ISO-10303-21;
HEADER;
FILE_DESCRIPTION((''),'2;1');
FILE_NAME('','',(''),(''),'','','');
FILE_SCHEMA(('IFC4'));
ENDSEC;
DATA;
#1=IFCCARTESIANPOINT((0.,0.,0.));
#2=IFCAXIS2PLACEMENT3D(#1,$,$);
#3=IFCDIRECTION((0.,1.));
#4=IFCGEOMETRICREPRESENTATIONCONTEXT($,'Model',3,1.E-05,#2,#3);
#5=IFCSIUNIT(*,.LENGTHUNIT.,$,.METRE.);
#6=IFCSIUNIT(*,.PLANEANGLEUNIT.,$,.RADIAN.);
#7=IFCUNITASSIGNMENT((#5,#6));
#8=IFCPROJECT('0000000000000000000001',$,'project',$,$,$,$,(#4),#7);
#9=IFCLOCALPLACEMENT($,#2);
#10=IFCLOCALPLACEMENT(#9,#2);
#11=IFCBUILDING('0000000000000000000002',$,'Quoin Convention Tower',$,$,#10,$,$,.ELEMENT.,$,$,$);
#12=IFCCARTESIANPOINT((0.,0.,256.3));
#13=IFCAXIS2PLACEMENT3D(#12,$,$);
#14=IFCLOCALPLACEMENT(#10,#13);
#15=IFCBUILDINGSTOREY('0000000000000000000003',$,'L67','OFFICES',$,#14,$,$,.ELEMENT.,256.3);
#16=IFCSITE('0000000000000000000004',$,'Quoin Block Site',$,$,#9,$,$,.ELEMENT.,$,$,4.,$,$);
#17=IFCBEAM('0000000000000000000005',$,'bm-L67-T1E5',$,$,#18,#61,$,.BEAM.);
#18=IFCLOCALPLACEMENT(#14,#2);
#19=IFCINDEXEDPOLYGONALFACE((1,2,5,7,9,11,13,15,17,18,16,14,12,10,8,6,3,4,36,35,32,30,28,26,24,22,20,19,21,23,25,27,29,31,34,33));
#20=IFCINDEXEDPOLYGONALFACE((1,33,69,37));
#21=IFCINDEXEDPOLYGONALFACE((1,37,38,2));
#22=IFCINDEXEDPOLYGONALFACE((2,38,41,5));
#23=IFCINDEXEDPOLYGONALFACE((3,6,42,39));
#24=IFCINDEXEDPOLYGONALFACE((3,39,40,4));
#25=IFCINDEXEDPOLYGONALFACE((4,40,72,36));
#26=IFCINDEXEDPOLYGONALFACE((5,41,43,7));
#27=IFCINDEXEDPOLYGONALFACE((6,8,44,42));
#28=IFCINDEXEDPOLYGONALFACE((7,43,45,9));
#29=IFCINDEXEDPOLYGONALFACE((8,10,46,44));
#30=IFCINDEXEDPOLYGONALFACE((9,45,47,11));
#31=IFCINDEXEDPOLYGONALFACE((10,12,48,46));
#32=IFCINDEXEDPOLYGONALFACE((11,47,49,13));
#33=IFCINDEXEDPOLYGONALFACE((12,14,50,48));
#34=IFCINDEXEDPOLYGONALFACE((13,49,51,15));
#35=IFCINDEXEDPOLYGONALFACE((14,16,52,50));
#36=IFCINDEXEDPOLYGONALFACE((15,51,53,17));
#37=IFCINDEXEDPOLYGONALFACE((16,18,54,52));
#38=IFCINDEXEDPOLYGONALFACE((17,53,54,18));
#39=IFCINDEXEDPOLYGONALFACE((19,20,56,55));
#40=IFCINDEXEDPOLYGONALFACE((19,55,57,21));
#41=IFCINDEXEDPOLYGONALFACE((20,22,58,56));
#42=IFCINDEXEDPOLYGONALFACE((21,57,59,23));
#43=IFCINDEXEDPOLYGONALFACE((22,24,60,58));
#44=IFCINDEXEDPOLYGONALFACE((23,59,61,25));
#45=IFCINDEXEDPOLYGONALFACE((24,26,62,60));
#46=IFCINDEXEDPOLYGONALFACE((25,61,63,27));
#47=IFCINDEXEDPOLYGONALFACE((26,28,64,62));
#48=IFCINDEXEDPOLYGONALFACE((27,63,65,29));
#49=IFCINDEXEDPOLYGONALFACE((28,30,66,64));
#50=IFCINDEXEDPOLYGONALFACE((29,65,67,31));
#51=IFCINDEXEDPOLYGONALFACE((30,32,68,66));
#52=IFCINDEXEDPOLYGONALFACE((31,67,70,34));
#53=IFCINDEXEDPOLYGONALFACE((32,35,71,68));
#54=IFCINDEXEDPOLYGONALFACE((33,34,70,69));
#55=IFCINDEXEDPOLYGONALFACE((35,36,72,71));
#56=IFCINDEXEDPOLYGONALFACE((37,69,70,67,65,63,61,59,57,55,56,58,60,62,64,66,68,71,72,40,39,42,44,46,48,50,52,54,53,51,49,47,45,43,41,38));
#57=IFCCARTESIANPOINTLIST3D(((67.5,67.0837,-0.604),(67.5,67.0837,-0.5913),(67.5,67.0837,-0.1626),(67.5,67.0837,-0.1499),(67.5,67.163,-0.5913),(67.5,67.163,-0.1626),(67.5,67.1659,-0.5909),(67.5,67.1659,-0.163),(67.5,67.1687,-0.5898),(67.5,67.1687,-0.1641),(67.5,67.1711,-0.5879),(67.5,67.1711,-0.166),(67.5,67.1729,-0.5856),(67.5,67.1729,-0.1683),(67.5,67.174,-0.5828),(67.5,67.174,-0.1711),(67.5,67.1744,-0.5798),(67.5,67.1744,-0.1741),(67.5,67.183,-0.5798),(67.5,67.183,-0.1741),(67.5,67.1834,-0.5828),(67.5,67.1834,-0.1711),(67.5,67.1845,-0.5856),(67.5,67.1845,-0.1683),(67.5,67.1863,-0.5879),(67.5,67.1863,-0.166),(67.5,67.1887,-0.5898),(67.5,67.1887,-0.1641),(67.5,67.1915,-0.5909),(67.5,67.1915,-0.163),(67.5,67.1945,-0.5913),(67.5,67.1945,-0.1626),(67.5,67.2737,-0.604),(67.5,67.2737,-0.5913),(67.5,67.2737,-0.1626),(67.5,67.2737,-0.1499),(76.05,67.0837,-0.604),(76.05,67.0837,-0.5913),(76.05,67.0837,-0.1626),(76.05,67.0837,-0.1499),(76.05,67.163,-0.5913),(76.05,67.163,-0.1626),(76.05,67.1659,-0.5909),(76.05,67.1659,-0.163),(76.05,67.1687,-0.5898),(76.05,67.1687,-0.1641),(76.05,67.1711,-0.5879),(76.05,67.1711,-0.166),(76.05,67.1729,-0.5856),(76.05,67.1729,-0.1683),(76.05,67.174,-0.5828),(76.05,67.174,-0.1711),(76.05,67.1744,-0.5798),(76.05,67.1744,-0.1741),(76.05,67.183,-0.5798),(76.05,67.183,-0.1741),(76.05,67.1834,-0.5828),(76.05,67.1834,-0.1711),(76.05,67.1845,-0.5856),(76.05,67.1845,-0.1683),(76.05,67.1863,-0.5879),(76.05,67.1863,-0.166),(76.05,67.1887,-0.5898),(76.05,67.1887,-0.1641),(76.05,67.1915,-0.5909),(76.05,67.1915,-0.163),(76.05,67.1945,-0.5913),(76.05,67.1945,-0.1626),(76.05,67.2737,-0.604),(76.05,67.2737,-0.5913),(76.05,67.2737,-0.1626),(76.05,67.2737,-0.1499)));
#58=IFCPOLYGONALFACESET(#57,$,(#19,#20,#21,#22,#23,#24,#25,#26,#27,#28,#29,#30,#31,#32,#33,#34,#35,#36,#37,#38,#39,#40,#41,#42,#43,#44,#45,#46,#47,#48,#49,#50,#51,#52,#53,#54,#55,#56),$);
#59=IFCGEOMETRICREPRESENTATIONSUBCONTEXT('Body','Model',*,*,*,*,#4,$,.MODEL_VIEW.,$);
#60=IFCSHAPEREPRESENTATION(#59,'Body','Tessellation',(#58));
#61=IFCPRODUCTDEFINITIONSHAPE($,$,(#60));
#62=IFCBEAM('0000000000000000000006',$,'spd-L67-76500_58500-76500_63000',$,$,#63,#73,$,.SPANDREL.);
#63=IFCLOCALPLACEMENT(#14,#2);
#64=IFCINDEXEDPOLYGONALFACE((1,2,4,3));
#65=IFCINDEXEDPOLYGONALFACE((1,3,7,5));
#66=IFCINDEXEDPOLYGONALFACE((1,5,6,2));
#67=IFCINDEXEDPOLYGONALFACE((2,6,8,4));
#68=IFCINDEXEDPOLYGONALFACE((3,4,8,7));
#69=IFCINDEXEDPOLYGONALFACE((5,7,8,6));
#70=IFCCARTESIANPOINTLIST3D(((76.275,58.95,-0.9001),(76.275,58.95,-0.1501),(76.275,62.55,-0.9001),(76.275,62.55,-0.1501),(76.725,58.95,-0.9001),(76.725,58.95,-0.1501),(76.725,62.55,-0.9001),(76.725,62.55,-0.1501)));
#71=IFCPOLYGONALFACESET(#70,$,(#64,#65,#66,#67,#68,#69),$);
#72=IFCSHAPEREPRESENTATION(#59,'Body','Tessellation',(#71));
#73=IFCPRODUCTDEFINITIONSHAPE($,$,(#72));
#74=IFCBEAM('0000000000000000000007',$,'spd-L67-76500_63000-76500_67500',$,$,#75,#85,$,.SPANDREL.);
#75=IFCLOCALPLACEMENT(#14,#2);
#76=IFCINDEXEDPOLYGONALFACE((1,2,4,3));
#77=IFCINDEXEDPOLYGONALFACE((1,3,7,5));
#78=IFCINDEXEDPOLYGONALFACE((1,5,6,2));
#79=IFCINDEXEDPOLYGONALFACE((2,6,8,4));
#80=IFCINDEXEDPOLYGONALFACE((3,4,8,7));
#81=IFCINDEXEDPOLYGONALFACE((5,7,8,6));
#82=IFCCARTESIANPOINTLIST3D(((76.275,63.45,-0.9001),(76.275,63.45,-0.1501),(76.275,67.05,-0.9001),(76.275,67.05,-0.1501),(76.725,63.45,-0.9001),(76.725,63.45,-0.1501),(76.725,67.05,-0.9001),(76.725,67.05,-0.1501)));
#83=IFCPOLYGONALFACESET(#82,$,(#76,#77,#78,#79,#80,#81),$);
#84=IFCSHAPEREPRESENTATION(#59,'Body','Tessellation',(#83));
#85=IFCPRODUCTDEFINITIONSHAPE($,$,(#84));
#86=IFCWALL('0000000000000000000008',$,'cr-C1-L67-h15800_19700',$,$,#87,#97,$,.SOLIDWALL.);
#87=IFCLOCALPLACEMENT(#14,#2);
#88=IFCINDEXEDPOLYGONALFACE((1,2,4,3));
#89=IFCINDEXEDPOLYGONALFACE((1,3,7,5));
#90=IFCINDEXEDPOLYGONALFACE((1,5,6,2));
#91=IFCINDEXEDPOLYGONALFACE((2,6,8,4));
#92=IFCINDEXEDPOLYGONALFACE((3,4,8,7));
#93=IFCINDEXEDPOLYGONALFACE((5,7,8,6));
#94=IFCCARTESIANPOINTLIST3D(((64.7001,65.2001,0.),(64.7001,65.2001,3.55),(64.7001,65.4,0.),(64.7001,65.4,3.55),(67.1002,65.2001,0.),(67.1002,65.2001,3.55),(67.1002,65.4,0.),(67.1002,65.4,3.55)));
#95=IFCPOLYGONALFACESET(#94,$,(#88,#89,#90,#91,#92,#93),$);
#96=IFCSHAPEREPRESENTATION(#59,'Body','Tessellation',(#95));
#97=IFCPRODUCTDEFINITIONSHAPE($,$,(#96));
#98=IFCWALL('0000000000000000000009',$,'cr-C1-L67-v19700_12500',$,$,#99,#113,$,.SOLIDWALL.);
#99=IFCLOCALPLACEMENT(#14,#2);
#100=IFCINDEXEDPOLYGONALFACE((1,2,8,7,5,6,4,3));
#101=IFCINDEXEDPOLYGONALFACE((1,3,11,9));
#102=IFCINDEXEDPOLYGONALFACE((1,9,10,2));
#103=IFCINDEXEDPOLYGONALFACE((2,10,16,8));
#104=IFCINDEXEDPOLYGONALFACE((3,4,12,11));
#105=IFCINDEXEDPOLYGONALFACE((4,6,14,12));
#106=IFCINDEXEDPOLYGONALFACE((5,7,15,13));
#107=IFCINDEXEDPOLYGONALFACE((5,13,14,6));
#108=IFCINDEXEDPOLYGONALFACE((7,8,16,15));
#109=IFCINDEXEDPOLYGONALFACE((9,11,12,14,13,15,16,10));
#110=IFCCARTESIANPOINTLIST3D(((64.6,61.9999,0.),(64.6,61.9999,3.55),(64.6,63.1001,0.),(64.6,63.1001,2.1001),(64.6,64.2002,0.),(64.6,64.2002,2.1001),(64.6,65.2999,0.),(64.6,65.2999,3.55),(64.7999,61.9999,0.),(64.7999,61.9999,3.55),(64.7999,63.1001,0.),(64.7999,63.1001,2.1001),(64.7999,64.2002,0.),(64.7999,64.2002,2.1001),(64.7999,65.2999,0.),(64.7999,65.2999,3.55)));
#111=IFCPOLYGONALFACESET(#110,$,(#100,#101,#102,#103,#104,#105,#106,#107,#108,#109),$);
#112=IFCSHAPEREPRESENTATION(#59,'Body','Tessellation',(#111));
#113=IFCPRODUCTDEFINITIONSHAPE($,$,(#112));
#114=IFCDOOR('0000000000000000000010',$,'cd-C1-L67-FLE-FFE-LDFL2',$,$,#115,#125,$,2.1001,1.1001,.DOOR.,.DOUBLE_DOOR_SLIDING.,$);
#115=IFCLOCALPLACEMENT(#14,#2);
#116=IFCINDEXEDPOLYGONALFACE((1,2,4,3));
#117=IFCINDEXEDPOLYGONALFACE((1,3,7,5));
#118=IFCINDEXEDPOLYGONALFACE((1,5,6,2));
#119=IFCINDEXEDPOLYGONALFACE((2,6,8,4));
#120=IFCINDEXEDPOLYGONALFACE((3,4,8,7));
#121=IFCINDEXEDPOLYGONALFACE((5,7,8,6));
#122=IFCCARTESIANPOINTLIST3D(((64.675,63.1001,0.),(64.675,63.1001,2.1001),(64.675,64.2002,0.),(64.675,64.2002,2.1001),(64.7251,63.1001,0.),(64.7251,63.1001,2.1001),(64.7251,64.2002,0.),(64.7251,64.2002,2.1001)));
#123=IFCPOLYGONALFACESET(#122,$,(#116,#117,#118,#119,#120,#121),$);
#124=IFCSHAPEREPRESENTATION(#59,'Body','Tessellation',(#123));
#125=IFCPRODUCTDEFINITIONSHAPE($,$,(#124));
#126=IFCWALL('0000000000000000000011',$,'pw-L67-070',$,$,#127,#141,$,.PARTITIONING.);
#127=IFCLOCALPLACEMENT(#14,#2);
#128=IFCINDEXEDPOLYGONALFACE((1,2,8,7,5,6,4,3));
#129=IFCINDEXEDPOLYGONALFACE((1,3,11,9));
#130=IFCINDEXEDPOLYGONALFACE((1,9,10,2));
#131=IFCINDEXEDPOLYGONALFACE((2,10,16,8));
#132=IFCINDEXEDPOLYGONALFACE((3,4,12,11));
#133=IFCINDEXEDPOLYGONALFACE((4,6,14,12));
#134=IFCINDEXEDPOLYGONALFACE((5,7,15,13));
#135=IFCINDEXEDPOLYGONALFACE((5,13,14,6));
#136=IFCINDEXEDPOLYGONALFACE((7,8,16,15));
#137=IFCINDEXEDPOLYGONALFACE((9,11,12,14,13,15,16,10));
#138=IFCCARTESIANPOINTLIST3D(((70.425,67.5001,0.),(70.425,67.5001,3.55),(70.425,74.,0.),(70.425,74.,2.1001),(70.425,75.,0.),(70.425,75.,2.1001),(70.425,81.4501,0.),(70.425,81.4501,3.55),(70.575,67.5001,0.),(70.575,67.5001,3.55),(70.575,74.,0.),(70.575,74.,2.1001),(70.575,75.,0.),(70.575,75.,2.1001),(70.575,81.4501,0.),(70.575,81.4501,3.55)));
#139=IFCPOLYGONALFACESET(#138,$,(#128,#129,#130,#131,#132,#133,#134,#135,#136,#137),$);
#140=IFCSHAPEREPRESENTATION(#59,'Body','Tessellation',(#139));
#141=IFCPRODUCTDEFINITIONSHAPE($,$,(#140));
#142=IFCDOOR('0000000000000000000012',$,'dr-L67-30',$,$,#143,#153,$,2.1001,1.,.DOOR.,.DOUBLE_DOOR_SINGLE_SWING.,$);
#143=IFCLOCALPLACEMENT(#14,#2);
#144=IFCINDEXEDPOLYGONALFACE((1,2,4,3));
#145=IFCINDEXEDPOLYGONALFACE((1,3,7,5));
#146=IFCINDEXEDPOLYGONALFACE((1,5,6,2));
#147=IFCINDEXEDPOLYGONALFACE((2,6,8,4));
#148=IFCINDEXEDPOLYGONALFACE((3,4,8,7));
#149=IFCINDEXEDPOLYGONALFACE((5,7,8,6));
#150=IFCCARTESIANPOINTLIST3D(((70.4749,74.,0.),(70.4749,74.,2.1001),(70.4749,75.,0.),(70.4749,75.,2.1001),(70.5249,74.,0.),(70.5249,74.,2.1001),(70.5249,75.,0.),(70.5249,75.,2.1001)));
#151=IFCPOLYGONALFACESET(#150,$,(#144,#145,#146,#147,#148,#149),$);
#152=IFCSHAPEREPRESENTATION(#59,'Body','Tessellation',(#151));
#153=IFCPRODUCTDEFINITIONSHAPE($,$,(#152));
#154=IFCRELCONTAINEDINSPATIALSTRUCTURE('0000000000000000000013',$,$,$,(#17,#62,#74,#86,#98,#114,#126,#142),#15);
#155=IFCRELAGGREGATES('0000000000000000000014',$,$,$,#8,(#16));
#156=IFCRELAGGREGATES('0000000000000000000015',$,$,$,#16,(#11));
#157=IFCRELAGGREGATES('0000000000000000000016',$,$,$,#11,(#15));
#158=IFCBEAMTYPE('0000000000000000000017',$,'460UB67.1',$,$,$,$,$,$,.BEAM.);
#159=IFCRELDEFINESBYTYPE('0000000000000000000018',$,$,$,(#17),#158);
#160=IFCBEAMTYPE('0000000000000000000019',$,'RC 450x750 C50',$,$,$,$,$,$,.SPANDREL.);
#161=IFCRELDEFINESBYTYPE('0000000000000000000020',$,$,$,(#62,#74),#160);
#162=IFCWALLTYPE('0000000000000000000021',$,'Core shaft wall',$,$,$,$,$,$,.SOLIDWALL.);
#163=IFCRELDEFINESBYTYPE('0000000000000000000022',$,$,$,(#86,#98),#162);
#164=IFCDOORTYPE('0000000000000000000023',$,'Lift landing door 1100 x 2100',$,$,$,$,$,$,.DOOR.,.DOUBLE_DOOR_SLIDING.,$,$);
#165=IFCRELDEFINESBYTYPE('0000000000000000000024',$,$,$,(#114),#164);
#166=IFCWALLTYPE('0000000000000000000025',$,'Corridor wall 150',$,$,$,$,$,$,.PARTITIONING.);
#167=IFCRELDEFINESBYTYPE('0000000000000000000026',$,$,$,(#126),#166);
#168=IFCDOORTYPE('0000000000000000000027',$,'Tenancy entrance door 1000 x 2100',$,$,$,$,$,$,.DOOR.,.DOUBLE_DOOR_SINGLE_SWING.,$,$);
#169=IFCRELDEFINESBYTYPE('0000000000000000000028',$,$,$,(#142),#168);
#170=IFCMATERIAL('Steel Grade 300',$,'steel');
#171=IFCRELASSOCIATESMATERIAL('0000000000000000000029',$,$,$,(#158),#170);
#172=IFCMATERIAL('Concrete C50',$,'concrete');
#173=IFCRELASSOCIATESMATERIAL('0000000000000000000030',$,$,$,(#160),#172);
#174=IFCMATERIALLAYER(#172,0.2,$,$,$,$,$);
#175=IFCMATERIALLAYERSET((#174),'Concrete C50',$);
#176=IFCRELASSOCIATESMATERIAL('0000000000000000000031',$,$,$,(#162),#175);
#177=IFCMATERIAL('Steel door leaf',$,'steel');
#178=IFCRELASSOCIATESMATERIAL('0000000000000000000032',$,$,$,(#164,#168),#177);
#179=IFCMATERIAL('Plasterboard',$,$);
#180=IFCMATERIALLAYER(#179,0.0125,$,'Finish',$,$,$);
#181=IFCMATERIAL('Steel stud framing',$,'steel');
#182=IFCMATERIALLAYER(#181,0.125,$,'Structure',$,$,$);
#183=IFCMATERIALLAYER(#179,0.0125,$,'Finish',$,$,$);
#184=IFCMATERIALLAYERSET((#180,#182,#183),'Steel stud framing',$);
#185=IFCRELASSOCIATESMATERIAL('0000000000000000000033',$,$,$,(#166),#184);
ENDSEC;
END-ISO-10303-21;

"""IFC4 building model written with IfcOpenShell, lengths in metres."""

from ifc_helpers import new_model, si_unit, direction, frame, frame_2d, origin, origin_2d, place, context, subcontext, project, spatial, rectangle, i_section, extrude, material, layer, layer_set, material_profile, profile_set, type_object, element, fill, save


model = new_model("IFC4")

# Units and contexts
model_context = context("Model", 3, precision=1e-05, world=origin(), true_north=direction((0.0, 1.0)))
body_context = subcontext(model_context, "Body", "Model", "MODEL_VIEW")
ifc_project = project(units=[si_unit("LENGTHUNIT", "METRE"), si_unit("PLANEANGLEUNIT", "RADIAN")], contexts=[model_context])

# Site, building, storey
site_placement = place(None, origin())
site = spatial("IfcSite", under=ifc_project, at=site_placement, Name="Quoin Block Site", CompositionType="ELEMENT", RefElevation=4.0)
building_placement = place(site_placement, origin())
building = spatial("IfcBuilding", under=site, at=building_placement, Name="Quoin Convention Tower", CompositionType="ELEMENT")
storey_placement = place(building_placement, frame((0.0, 0.0, 256.3)))
storey = spatial("IfcBuildingStorey", under=building, at=storey_placement, Name="L67", Description="OFFICES", CompositionType="ELEMENT", Elevation=256.3)

# Shared definitions
ifc_material_1 = material(Name="Concrete C50", Category="concrete")

# Beams
ifc_material_2 = material(Name="Steel Grade 300", Category="steel")
ifc_material_profile_1 = material_profile(ifc_material_2, i_section(OverallWidth=0.1899, OverallDepth=0.4541, WebThickness=0.0085, FlangeThickness=0.0127, FilletRadius=0.0115, at=origin_2d()), Name="460UB67.1")
ifc_profile_set_1 = profile_set([ifc_material_profile_1], Name="Steel Grade 300")
beam_type_1 = type_object("IfcBeamType", Name="460UB67.1", PredefinedType="BEAM", material=ifc_profile_set_1)
beam_placement = place(storey_placement, frame((67.5, 67.1787, -0.377), z_axis=(1.0, 0.0, 0.0), x_axis=(0.0, 1.0, 0.0)))
element("IfcBeam", 1, at=beam_placement, inside=storey, type_object=beam_type_1, Name="bm-L67-T1E5", PredefinedType="BEAM", context=body_context, shape_type="SweptSolid", body=[
    extrude(i_section(OverallWidth=0.1899, OverallDepth=0.4541, WebThickness=0.0085, FlangeThickness=0.0127, FilletRadius=0.0115, at=origin_2d()), origin(), (0.0, 0.0, 1.0), 8.55),
])
ifc_material_profile_2 = material_profile(ifc_material_1, rectangle(XDim=0.45, YDim=0.75, at=origin_2d()), Name="RC 450x750")
ifc_profile_set_2 = profile_set([ifc_material_profile_2], Name="Concrete C50")
beam_type_2 = type_object("IfcBeamType", Name="RC 450x750 C50", PredefinedType="SPANDREL", material=ifc_profile_set_2)
for number, where, z_axis, x_axis, name in (
    (2, (76.5, 58.95, -0.5251), (0.0, 1.0, 0.0), (-1.0, 0.0, 0.0), "spd-L67-76500_58500-76500_63000"),
    (3, (76.5, 63.45, -0.5251), (0.0, 1.0, 0.0), (-1.0, 0.0, 0.0), "spd-L67-76500_63000-76500_67500"),
):
    element("IfcBeam", number, at=place(storey_placement, frame(where, z_axis=z_axis, x_axis=x_axis)), inside=storey, type_object=beam_type_2, Name=name, PredefinedType="SPANDREL", context=body_context, shape_type="SweptSolid", body=[
        extrude(rectangle(XDim=0.45, YDim=0.75, at=origin_2d()), origin(), (0.0, 0.0, 1.0), 3.6001),
    ])

# Wall
ifc_layer_1 = layer(ifc_material_1, 0.2)
ifc_layer_set_1 = layer_set([ifc_layer_1], Name="Concrete C50")
wall_type_1 = type_object("IfcWallType", Name="Core shaft wall", PredefinedType="SOLIDWALL", material=ifc_layer_set_1)
wall_1_placement = place(storey_placement, frame((64.7, 65.3, 0.0), z_axis=(0.0, 0.0, 1.0), x_axis=(1.0, 0.0, 0.0)))
element("IfcWall", 4, at=wall_1_placement, inside=storey, type_object=wall_type_1, Name="cr-C1-L67-h15800_19700", PredefinedType="SOLIDWALL", context=body_context, shape_type="SweptSolid", body=[
    extrude(rectangle(XDim=2.4001, YDim=0.2, at=frame_2d((1.2002, 0.0))), origin(), (0.0, 0.0, 1.0), 3.55),
])

# Walls, openings, doors
wall_2_placement = place(storey_placement, frame((64.7, 62.0, 0.0), z_axis=(0.0, 0.0, 1.0), x_axis=(0.0, 1.0, 0.0)))
wall_2 = element("IfcWall", 5, at=wall_2_placement, inside=storey, type_object=wall_type_1, Name="cr-C1-L67-v19700_12500", PredefinedType="SOLIDWALL", context=body_context, shape_type="SweptSolid", body=[
    extrude(rectangle(XDim=3.3, YDim=0.2, at=frame_2d((1.6499, 0.0))), origin(), (0.0, 0.0, 1.0), 3.55),
])
opening_1_placement = place(wall_2_placement, frame((1.1001, 0.0, 0.0)))
opening_1 = element("IfcOpeningElement", 6, at=opening_1_placement, cuts=wall_2, PredefinedType="OPENING", context=body_context, shape_type="SweptSolid", body=[
    extrude(rectangle(XDim=1.1001, YDim=2.1001, at=frame_2d((0.55, 1.05))), frame((0.0, 0.1099, 0.0), z_axis=(0.0, -1.0, 0.0), x_axis=(1.0, 0.0, 0.0)), (0.0, 0.0, 1.0), 0.22),
])
ifc_material_3 = material(Name="Steel door leaf", Category="steel")
door_type_1 = type_object("IfcDoorType", Name="Lift landing door 1100 x 2100", OperationType="DOUBLE_DOOR_SLIDING", PredefinedType="DOOR", material=ifc_material_3)
door_1_placement = place(opening_1_placement, origin())
door_1 = element("IfcDoor", 7, at=door_1_placement, inside=storey, type_object=door_type_1, Name="cd-C1-L67-FLE-FFE-LDFL2", OperationType="DOUBLE_DOOR_SLIDING", OverallHeight=2.1001, OverallWidth=1.1001, PredefinedType="DOOR", context=body_context, shape_type="SweptSolid", body=[
    extrude(rectangle(XDim=1.1001, YDim=2.1001, at=frame_2d((0.55, 1.05))), frame((0.0, 0.0249, 0.0), z_axis=(0.0, -1.0, 0.0), x_axis=(1.0, 0.0, 0.0)), (0.0, 0.0, 1.0), 0.05),
])
fill(opening_1, door_1)
ifc_material_4 = material(Name="Plasterboard")
ifc_layer_2 = layer(ifc_material_4, 0.0125, Name="Finish")
ifc_material_5 = material(Name="Steel stud framing", Category="steel")
ifc_layer_3 = layer(ifc_material_5, 0.125, Name="Structure")
ifc_layer_4 = layer(ifc_material_4, 0.0125, Name="Finish")
ifc_layer_set_2 = layer_set([ifc_layer_2, ifc_layer_3, ifc_layer_4], Name="Steel stud framing")
wall_type_2 = type_object("IfcWallType", Name="Corridor wall 150", PredefinedType="PARTITIONING", material=ifc_layer_set_2)
wall_3_placement = place(storey_placement, frame((70.5, 67.5, 0.0), z_axis=(0.0, 0.0, 1.0), x_axis=(0.0, 1.0, 0.0)))
wall_3 = element("IfcWall", 8, at=wall_3_placement, inside=storey, type_object=wall_type_2, Name="pw-L67-070", PredefinedType="PARTITIONING", context=body_context, shape_type="SweptSolid", body=[
    extrude(rectangle(XDim=13.95, YDim=0.1499, at=frame_2d((6.9751, 0.0))), origin(), (0.0, 0.0, 1.0), 3.55),
])
opening_2_placement = place(wall_3_placement, frame((6.5, 0.0, 0.0)))
opening_2 = element("IfcOpeningElement", 9, at=opening_2_placement, cuts=wall_3, PredefinedType="OPENING", context=body_context, shape_type="SweptSolid", body=[
    extrude(rectangle(XDim=1.0, YDim=2.1001, at=frame_2d((0.5, 1.05))), frame((0.0, 0.085, 0.0), z_axis=(0.0, -1.0, 0.0), x_axis=(1.0, 0.0, 0.0)), (0.0, 0.0, 1.0), 0.1699),
])
door_type_2 = type_object("IfcDoorType", Name="Tenancy entrance door 1000 x 2100", OperationType="DOUBLE_DOOR_SINGLE_SWING", PredefinedType="DOOR", material=ifc_material_3)
door_2_placement = place(opening_2_placement, frame((1.0, 0.0, 0.0), z_axis=(0.0, 0.0, 1.0), x_axis=(-1.0, 0.0, 0.0)))
door_2 = element("IfcDoor", 10, at=door_2_placement, inside=storey, type_object=door_type_2, Name="dr-L67-30", OperationType="DOUBLE_DOOR_SINGLE_SWING", OverallHeight=2.1001, OverallWidth=1.0, PredefinedType="DOOR", context=body_context, shape_type="SweptSolid", body=[
    extrude(rectangle(XDim=1.0, YDim=2.1001, at=frame_2d((0.5, 1.05))), frame((0.0, 0.0249, 0.0), z_axis=(0.0, -1.0, 0.0), x_axis=(1.0, 0.0, 0.0)), (0.0, 0.0, 1.0), 0.05),
])
fill(opening_2, door_2)

save(model, "model.ifc")
